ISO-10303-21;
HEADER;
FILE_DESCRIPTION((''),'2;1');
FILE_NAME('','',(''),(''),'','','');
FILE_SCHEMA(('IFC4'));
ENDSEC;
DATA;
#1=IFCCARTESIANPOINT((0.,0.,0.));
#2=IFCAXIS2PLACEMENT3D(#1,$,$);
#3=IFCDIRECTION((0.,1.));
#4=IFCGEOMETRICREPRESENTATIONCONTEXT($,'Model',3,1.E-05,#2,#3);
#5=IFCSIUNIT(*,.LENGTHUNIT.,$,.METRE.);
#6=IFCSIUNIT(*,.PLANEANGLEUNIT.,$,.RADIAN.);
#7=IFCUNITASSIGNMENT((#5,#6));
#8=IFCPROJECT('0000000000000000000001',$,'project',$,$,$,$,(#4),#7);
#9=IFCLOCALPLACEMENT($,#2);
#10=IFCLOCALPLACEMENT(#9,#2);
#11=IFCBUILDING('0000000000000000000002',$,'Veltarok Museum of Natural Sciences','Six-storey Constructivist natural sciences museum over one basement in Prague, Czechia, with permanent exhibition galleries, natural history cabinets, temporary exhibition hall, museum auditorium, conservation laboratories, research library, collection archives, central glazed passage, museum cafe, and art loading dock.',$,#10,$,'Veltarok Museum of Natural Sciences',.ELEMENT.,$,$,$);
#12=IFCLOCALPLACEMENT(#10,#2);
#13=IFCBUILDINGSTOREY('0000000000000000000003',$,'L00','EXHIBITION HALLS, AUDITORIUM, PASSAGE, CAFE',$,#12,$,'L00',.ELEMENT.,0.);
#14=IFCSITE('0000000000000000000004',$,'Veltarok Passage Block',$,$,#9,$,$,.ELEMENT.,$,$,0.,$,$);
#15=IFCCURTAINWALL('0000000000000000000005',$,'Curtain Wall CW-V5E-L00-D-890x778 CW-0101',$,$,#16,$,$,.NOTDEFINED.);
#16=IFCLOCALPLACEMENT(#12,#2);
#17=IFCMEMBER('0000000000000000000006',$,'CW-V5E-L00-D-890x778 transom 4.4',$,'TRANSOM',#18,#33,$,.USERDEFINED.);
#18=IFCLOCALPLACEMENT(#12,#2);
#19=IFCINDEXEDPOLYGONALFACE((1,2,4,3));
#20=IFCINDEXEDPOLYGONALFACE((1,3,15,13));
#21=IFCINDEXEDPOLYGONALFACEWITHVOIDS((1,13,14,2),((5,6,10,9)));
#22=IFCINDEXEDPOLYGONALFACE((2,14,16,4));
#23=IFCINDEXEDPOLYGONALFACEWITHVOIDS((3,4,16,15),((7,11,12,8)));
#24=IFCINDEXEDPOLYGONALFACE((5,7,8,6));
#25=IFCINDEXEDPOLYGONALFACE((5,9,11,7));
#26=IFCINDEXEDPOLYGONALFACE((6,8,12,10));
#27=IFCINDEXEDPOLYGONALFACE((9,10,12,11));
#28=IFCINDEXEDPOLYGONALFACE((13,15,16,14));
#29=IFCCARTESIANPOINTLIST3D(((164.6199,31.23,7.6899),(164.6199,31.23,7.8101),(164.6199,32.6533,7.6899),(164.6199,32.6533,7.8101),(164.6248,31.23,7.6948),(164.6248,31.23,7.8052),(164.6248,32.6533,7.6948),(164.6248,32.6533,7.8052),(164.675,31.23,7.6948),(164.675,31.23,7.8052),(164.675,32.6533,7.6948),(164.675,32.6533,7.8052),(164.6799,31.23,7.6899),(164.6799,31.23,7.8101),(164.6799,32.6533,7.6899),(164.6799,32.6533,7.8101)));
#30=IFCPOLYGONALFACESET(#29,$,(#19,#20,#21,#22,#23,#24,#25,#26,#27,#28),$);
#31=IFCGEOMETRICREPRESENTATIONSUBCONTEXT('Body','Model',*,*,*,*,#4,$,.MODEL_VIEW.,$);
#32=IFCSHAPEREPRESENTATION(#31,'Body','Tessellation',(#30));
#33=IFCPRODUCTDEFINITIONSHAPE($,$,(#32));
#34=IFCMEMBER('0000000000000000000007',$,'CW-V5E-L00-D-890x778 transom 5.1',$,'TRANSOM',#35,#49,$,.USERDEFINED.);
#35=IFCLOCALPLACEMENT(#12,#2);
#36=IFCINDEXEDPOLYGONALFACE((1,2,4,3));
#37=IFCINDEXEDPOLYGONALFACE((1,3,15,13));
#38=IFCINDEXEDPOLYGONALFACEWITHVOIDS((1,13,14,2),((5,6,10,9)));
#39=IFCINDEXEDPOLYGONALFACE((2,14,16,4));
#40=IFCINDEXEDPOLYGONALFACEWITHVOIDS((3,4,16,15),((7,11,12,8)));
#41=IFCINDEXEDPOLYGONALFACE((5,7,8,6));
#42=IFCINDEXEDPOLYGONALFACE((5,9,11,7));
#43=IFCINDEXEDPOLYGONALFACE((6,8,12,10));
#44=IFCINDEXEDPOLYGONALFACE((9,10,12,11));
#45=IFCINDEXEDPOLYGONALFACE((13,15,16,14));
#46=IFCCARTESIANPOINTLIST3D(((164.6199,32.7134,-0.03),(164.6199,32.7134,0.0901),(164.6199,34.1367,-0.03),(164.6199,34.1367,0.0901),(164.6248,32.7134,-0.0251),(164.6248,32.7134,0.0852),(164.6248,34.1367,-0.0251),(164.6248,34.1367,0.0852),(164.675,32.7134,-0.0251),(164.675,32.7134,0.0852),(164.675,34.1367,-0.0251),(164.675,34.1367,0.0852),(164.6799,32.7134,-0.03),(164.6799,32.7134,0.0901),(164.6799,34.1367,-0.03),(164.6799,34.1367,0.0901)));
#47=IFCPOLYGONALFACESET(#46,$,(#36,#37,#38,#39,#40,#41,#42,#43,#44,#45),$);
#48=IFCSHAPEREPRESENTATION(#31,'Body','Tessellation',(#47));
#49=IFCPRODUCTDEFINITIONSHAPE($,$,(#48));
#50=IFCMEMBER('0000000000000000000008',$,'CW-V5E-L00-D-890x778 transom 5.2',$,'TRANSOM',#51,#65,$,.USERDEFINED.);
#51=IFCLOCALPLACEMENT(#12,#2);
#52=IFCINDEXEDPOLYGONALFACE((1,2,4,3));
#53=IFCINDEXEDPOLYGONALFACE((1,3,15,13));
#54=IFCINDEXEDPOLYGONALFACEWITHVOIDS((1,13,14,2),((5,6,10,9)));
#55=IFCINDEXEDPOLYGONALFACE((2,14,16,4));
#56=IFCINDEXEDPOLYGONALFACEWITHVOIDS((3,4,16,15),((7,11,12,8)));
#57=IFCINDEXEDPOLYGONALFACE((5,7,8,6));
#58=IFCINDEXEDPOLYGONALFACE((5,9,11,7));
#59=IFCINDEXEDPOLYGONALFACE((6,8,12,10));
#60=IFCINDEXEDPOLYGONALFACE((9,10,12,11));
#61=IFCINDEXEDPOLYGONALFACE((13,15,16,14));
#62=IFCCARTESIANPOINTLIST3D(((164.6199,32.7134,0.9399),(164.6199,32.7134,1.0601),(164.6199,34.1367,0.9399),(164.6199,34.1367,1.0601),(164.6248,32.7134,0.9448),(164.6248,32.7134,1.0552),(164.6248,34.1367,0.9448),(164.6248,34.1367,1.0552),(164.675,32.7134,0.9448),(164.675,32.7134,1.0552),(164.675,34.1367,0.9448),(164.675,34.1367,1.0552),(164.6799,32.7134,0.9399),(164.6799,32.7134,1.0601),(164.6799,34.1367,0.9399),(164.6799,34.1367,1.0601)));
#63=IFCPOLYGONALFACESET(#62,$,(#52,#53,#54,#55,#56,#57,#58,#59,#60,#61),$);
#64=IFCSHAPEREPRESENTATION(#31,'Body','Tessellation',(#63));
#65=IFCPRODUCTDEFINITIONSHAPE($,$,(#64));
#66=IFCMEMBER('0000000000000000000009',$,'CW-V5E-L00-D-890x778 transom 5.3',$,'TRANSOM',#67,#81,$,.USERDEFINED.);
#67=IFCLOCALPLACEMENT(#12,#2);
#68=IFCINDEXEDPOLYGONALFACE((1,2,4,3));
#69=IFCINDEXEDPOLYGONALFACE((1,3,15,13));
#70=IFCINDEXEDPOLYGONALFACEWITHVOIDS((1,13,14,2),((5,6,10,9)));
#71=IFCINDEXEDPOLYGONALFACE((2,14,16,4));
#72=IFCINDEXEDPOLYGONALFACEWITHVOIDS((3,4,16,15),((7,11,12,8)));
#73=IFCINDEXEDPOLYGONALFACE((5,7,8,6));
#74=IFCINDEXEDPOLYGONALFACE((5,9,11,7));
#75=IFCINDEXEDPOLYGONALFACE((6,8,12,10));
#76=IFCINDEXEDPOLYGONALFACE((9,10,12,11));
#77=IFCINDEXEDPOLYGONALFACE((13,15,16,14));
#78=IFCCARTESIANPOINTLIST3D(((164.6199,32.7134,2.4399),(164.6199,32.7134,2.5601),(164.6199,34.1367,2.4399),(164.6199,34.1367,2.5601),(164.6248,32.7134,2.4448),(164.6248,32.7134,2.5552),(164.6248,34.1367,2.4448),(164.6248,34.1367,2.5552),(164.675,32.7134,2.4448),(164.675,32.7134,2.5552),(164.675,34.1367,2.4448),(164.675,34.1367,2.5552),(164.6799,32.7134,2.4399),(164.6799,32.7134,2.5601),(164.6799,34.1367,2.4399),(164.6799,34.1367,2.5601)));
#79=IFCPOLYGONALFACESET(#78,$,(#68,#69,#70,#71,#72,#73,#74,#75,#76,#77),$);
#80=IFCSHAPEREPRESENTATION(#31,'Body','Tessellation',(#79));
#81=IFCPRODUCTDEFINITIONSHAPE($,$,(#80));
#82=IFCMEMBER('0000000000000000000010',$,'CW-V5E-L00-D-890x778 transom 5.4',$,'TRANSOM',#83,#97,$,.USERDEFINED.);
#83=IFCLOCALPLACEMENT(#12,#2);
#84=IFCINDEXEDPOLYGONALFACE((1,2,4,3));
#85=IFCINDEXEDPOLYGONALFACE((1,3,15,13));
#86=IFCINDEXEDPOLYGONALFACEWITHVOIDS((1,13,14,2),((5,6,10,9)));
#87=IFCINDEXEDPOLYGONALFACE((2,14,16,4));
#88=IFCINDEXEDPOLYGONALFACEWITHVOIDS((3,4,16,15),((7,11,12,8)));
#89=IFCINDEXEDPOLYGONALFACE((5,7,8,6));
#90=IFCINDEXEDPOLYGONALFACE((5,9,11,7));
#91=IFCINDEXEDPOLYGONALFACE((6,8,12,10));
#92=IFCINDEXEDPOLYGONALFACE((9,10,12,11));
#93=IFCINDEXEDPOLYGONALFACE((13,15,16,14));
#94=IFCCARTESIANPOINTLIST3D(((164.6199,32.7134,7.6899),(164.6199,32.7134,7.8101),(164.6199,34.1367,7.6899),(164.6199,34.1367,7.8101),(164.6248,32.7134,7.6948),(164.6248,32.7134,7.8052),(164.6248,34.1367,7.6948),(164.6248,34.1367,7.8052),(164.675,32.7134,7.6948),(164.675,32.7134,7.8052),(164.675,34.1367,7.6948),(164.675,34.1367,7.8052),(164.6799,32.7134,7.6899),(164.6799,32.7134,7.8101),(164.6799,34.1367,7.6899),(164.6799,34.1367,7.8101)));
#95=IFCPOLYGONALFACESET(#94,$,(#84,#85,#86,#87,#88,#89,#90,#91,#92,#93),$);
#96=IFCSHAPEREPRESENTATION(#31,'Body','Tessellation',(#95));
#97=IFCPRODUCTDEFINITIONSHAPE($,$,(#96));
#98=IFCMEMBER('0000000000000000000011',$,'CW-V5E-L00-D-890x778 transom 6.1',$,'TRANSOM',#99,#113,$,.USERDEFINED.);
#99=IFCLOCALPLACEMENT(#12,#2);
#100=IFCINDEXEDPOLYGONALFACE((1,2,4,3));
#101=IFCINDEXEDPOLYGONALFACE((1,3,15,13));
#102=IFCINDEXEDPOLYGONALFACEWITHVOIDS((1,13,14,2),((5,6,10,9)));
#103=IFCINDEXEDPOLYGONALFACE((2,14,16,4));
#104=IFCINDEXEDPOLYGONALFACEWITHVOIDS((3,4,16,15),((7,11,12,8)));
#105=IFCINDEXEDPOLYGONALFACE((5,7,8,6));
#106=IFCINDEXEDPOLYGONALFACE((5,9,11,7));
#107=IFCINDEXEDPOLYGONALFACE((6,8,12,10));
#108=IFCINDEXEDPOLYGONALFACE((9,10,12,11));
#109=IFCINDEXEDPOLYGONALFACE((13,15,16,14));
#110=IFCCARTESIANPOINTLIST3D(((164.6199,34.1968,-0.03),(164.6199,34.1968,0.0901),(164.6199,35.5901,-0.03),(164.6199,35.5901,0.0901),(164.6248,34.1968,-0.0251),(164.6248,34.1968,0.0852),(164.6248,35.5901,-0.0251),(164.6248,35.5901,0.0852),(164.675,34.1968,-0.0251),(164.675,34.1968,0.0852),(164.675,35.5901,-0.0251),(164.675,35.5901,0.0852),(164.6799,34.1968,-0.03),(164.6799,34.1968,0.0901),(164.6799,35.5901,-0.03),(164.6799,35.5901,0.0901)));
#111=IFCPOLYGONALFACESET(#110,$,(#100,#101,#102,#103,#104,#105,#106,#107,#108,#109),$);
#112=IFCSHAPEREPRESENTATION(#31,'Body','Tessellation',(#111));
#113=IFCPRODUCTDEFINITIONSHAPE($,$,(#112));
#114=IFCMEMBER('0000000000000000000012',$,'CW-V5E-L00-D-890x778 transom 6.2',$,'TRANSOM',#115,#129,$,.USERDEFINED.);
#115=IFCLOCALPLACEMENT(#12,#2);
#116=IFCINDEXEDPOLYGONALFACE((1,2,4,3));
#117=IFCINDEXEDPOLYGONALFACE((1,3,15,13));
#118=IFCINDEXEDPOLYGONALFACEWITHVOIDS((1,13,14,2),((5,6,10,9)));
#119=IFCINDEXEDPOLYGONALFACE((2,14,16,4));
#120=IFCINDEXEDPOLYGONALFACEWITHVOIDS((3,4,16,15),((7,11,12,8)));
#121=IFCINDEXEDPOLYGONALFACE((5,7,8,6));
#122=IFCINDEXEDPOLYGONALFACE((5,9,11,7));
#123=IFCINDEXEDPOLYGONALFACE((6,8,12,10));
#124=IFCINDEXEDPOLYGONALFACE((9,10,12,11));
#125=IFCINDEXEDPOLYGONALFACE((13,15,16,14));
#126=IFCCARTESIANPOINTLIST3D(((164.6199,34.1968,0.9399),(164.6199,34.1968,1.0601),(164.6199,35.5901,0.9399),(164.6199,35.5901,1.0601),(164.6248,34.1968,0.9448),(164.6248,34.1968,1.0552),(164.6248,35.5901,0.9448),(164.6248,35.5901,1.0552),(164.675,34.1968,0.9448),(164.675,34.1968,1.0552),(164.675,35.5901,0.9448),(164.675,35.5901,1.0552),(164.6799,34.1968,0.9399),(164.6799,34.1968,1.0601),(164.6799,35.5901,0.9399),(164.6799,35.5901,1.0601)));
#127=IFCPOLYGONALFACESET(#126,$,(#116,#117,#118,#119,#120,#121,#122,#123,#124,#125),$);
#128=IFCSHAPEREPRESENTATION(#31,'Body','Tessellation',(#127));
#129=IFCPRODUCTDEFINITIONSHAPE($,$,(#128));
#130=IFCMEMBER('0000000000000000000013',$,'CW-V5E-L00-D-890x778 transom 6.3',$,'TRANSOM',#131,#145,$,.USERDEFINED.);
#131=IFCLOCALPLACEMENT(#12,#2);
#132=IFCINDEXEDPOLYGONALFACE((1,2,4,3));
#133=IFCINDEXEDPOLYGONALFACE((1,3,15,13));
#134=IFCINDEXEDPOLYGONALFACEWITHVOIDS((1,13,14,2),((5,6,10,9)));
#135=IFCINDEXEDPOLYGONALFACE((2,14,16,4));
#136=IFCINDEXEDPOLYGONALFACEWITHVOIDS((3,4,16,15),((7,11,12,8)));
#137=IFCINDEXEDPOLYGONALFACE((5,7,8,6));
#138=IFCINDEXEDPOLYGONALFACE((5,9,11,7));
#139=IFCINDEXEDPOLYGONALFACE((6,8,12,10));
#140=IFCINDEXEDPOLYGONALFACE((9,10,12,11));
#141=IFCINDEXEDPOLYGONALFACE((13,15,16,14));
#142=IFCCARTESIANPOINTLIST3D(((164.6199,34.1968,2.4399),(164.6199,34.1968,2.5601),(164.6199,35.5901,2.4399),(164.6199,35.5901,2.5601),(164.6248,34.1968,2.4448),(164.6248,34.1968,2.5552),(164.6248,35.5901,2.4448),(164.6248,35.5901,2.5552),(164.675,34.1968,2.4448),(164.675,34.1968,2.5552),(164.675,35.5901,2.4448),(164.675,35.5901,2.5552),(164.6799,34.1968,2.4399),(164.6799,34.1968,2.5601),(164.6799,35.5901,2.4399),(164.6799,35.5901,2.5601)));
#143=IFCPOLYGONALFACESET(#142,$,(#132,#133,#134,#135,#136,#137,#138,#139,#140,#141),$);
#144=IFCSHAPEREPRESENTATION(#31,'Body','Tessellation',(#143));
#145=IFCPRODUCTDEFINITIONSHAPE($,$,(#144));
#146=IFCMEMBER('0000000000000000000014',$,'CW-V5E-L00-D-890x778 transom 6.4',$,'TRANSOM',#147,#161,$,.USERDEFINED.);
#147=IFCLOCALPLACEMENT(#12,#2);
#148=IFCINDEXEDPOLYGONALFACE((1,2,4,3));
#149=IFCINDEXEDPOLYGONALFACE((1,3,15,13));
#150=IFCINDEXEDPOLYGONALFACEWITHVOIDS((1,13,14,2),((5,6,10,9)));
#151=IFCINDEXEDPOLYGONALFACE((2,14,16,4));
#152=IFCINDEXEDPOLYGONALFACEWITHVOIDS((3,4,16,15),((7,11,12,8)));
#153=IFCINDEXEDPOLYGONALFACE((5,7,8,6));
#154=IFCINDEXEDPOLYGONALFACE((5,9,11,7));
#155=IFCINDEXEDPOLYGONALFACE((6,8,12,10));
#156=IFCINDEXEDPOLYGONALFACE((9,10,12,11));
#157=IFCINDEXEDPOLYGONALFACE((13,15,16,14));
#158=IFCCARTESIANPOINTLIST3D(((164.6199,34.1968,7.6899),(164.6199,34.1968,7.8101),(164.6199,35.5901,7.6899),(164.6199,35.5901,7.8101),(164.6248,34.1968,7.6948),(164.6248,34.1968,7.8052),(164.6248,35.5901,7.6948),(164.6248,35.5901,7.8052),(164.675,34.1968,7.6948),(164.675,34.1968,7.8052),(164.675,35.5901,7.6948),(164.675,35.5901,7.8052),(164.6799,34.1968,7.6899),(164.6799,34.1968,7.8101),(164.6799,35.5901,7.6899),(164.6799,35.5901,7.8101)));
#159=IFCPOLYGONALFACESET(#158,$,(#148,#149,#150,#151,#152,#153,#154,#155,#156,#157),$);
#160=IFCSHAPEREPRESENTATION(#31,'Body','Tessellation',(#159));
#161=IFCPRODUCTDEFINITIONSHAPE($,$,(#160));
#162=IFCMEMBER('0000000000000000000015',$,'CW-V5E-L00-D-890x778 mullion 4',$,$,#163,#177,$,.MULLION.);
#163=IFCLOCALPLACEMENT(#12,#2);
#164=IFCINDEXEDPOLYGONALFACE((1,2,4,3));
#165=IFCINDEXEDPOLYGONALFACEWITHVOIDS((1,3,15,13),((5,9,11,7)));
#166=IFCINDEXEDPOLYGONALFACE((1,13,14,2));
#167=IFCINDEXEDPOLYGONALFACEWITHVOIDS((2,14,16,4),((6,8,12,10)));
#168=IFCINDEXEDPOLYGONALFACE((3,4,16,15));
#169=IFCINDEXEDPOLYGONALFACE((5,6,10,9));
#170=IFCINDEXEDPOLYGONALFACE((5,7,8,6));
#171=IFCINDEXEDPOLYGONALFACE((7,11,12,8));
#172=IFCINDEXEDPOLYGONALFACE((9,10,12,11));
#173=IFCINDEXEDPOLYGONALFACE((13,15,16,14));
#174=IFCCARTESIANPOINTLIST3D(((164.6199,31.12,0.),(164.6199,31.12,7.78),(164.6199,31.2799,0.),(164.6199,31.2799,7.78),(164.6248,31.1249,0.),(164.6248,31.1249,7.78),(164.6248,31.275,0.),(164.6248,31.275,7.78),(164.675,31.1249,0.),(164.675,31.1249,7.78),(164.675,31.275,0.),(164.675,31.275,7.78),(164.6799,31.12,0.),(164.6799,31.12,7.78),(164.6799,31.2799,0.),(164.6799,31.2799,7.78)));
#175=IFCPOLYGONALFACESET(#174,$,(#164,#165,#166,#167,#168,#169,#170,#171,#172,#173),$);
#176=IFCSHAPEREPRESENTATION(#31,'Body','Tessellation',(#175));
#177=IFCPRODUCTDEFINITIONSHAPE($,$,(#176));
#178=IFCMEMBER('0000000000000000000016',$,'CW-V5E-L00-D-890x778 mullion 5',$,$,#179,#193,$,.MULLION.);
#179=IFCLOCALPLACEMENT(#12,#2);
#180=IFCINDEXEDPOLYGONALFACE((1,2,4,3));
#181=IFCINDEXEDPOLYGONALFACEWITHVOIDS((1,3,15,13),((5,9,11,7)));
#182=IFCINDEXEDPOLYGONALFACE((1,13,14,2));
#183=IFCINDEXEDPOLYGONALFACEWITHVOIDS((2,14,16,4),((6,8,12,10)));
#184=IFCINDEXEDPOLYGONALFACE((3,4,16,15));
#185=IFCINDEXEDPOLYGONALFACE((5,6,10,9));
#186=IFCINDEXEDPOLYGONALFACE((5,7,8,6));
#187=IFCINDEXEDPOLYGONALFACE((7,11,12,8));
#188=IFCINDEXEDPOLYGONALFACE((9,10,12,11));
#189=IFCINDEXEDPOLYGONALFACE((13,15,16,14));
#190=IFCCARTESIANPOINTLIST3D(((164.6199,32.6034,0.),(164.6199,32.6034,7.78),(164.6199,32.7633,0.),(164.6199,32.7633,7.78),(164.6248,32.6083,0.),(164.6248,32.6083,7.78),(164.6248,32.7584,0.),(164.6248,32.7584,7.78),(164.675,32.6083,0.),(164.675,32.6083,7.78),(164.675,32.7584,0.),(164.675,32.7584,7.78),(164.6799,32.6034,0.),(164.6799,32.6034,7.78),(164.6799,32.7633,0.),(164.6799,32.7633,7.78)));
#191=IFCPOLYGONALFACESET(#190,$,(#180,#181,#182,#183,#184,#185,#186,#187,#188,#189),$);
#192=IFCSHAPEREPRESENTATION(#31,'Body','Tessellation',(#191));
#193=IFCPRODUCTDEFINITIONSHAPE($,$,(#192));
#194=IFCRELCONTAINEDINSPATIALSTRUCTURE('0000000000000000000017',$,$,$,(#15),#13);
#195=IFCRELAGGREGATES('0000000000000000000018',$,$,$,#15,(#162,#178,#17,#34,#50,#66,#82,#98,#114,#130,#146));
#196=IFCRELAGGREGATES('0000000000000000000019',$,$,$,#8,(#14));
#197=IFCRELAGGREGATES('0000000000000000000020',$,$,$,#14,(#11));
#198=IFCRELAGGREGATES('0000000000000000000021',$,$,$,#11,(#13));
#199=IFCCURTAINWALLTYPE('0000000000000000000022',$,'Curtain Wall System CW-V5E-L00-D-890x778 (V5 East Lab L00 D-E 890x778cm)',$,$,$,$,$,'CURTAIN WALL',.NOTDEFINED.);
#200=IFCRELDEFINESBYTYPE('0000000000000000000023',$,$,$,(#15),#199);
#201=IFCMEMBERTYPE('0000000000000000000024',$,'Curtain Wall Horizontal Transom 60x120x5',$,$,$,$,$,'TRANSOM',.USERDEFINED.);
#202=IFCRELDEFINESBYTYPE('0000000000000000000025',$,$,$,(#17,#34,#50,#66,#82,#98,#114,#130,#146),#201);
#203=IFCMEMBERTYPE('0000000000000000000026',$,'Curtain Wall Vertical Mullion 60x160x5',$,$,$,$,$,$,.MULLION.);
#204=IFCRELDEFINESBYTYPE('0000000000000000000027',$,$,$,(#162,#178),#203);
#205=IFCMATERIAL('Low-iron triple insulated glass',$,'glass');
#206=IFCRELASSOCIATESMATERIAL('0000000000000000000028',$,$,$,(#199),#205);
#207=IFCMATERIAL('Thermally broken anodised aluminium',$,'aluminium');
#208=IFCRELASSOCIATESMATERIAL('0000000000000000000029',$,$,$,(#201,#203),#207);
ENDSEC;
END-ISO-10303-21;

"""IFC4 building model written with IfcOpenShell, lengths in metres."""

from ifc_helpers import new_model, si_unit, direction, frame, origin, origin_2d, place, context, subcontext, project, spatial, hollow_rectangle, extrude, material, material_profile, profile_set, type_object, element, aggregate, save


model = new_model("IFC4")

# Units and contexts
model_context = context("Model", 3, precision=1e-05, world=origin(), true_north=direction((0.0, 1.0)))
body_context = subcontext(model_context, "Body", "Model", "MODEL_VIEW")
ifc_project = project(units=[si_unit("LENGTHUNIT", "METRE"), si_unit("PLANEANGLEUNIT", "RADIAN")], contexts=[model_context])

# Site, building, storey
site_placement = place(None, origin())
site = spatial("IfcSite", under=ifc_project, at=site_placement, Name="Veltarok Passage Block", CompositionType="ELEMENT", RefElevation=0.0)
building_placement = place(site_placement, origin())
building = spatial("IfcBuilding", under=site, at=building_placement, Name="Veltarok Museum of Natural Sciences", Description="Six-storey Constructivist natural sciences museum over one basement in Prague, Czechia, with permanent exhibition galleries, natural history cabinets, temporary exhibition hall, museum auditorium, conservation laboratories, research library, collection archives, central glazed passage, museum cafe, and art loading dock.", LongName="Veltarok Museum of Natural Sciences", CompositionType="ELEMENT")
storey_placement = place(building_placement, origin())
storey = spatial("IfcBuildingStorey", under=building, at=storey_placement, Name="L00", Description="EXHIBITION HALLS, AUDITORIUM, PASSAGE, CAFE", LongName="L00", CompositionType="ELEMENT", Elevation=0.0)

# Curtain wall, members
ifc_material_1 = material(Name="Low-iron triple insulated glass", Category="glass")
curtain_wall_type = type_object("IfcCurtainWallType", Name="Curtain Wall System CW-V5E-L00-D-890x778 (V5 East Lab L00 D-E 890x778cm)", ElementType="CURTAIN WALL", PredefinedType="NOTDEFINED", material=ifc_material_1)
curtain_wall_placement = place(storey_placement, origin())
curtain_wall = element("IfcCurtainWall", 1, at=curtain_wall_placement, inside=storey, type_object=curtain_wall_type, Name="Curtain Wall CW-V5E-L00-D-890x778 CW-0101", PredefinedType="NOTDEFINED")
ifc_material_2 = material(Name="Thermally broken anodised aluminium", Category="aluminium")
ifc_material_profile_1 = material_profile(ifc_material_2, hollow_rectangle(XDim=0.0601, YDim=0.1201, WallThickness=0.0049, at=origin_2d()), Name="CW TRANSOM 60x120x5")
ifc_profile_set_1 = profile_set([ifc_material_profile_1], Name="Thermally broken anodised aluminium")
member_type_1 = type_object("IfcMemberType", Name="Curtain Wall Horizontal Transom 60x120x5", ElementType="TRANSOM", PredefinedType="USERDEFINED", material=ifc_profile_set_1)
member_1_placement = place(storey_placement, frame((164.6499, 31.23, 7.75), z_axis=(0.0, 1.0, 0.0), x_axis=(-1.0, 0.0, 0.0)))
member_1 = element("IfcMember", 2, at=member_1_placement, type_object=member_type_1, Name="CW-V5E-L00-D-890x778 transom 4.4", ObjectType="TRANSOM", PredefinedType="USERDEFINED", context=body_context, shape_type="SweptSolid", body=[
    extrude(hollow_rectangle(XDim=0.0601, YDim=0.1201, WallThickness=0.0049, at=origin_2d()), origin(), (0.0, 0.0, 1.0), 1.4233),
])
member_2_placement = place(storey_placement, frame((164.6499, 32.7134, 0.03), z_axis=(0.0, 1.0, 0.0), x_axis=(-1.0, 0.0, 0.0)))
member_2 = element("IfcMember", 3, at=member_2_placement, type_object=member_type_1, Name="CW-V5E-L00-D-890x778 transom 5.1", ObjectType="TRANSOM", PredefinedType="USERDEFINED", context=body_context, shape_type="SweptSolid", body=[
    extrude(hollow_rectangle(XDim=0.0601, YDim=0.1201, WallThickness=0.0049, at=origin_2d()), origin(), (0.0, 0.0, 1.0), 1.4233),
])
member_3_placement = place(storey_placement, frame((164.6499, 32.7134, 1.0), z_axis=(0.0, 1.0, 0.0), x_axis=(-1.0, 0.0, 0.0)))
member_3 = element("IfcMember", 4, at=member_3_placement, type_object=member_type_1, Name="CW-V5E-L00-D-890x778 transom 5.2", ObjectType="TRANSOM", PredefinedType="USERDEFINED", context=body_context, shape_type="SweptSolid", body=[
    extrude(hollow_rectangle(XDim=0.0601, YDim=0.1201, WallThickness=0.0049, at=origin_2d()), origin(), (0.0, 0.0, 1.0), 1.4233),
])
member_4_placement = place(storey_placement, frame((164.6499, 32.7134, 2.5), z_axis=(0.0, 1.0, 0.0), x_axis=(-1.0, 0.0, 0.0)))
member_4 = element("IfcMember", 5, at=member_4_placement, type_object=member_type_1, Name="CW-V5E-L00-D-890x778 transom 5.3", ObjectType="TRANSOM", PredefinedType="USERDEFINED", context=body_context, shape_type="SweptSolid", body=[
    extrude(hollow_rectangle(XDim=0.0601, YDim=0.1201, WallThickness=0.0049, at=origin_2d()), origin(), (0.0, 0.0, 1.0), 1.4233),
])
member_5_placement = place(storey_placement, frame((164.6499, 32.7134, 7.75), z_axis=(0.0, 1.0, 0.0), x_axis=(-1.0, 0.0, 0.0)))
member_5 = element("IfcMember", 6, at=member_5_placement, type_object=member_type_1, Name="CW-V5E-L00-D-890x778 transom 5.4", ObjectType="TRANSOM", PredefinedType="USERDEFINED", context=body_context, shape_type="SweptSolid", body=[
    extrude(hollow_rectangle(XDim=0.0601, YDim=0.1201, WallThickness=0.0049, at=origin_2d()), origin(), (0.0, 0.0, 1.0), 1.4233),
])
member_6_placement = place(storey_placement, frame((164.6499, 34.1968, 0.03), z_axis=(0.0, 1.0, 0.0), x_axis=(-1.0, 0.0, 0.0)))
member_6 = element("IfcMember", 7, at=member_6_placement, type_object=member_type_1, Name="CW-V5E-L00-D-890x778 transom 6.1", ObjectType="TRANSOM", PredefinedType="USERDEFINED", context=body_context, shape_type="SweptSolid", body=[
    extrude(hollow_rectangle(XDim=0.0601, YDim=0.1201, WallThickness=0.0049, at=origin_2d()), origin(), (0.0, 0.0, 1.0), 1.3933),
])
member_7_placement = place(storey_placement, frame((164.6499, 34.1968, 1.0), z_axis=(0.0, 1.0, 0.0), x_axis=(-1.0, 0.0, 0.0)))
member_7 = element("IfcMember", 8, at=member_7_placement, type_object=member_type_1, Name="CW-V5E-L00-D-890x778 transom 6.2", ObjectType="TRANSOM", PredefinedType="USERDEFINED", context=body_context, shape_type="SweptSolid", body=[
    extrude(hollow_rectangle(XDim=0.0601, YDim=0.1201, WallThickness=0.0049, at=origin_2d()), origin(), (0.0, 0.0, 1.0), 1.3933),
])
member_8_placement = place(storey_placement, frame((164.6499, 34.1968, 2.5), z_axis=(0.0, 1.0, 0.0), x_axis=(-1.0, 0.0, 0.0)))
member_8 = element("IfcMember", 9, at=member_8_placement, type_object=member_type_1, Name="CW-V5E-L00-D-890x778 transom 6.3", ObjectType="TRANSOM", PredefinedType="USERDEFINED", context=body_context, shape_type="SweptSolid", body=[
    extrude(hollow_rectangle(XDim=0.0601, YDim=0.1201, WallThickness=0.0049, at=origin_2d()), origin(), (0.0, 0.0, 1.0), 1.3933),
])
member_9_placement = place(storey_placement, frame((164.6499, 34.1968, 7.75), z_axis=(0.0, 1.0, 0.0), x_axis=(-1.0, 0.0, 0.0)))
member_9 = element("IfcMember", 10, at=member_9_placement, type_object=member_type_1, Name="CW-V5E-L00-D-890x778 transom 6.4", ObjectType="TRANSOM", PredefinedType="USERDEFINED", context=body_context, shape_type="SweptSolid", body=[
    extrude(hollow_rectangle(XDim=0.0601, YDim=0.1201, WallThickness=0.0049, at=origin_2d()), origin(), (0.0, 0.0, 1.0), 1.3933),
])
ifc_material_profile_2 = material_profile(ifc_material_2, hollow_rectangle(XDim=0.0601, YDim=0.1599, WallThickness=0.0049, at=origin_2d()), Name="CW MULLION 60x160x5")
ifc_profile_set_2 = profile_set([ifc_material_profile_2], Name="Thermally broken anodised aluminium")
member_type_2 = type_object("IfcMemberType", Name="Curtain Wall Vertical Mullion 60x160x5", PredefinedType="MULLION", material=ifc_profile_set_2)
member_10_placement = place(storey_placement, frame((164.6499, 31.2, 0.0), z_axis=(0.0, 0.0, 1.0), x_axis=(-1.0, 0.0, 0.0)))
member_10 = element("IfcMember", 11, at=member_10_placement, type_object=member_type_2, Name="CW-V5E-L00-D-890x778 mullion 4", PredefinedType="MULLION", context=body_context, shape_type="SweptSolid", body=[
    extrude(hollow_rectangle(XDim=0.0601, YDim=0.1599, WallThickness=0.0049, at=origin_2d()), origin(), (0.0, 0.0, 1.0), 7.78),
])
member_11_placement = place(storey_placement, frame((164.6499, 32.6833, 0.0), z_axis=(0.0, 0.0, 1.0), x_axis=(-1.0, 0.0, 0.0)))
member_11 = element("IfcMember", 12, at=member_11_placement, type_object=member_type_2, Name="CW-V5E-L00-D-890x778 mullion 5", PredefinedType="MULLION", context=body_context, shape_type="SweptSolid", body=[
    extrude(hollow_rectangle(XDim=0.0601, YDim=0.1599, WallThickness=0.0049, at=origin_2d()), origin(), (0.0, 0.0, 1.0), 7.78),
])

aggregate(curtain_wall, [member_10, member_11, member_1, member_2, member_3, member_4, member_5, member_6, member_7, member_8, member_9])

save(model, "model.ifc")
